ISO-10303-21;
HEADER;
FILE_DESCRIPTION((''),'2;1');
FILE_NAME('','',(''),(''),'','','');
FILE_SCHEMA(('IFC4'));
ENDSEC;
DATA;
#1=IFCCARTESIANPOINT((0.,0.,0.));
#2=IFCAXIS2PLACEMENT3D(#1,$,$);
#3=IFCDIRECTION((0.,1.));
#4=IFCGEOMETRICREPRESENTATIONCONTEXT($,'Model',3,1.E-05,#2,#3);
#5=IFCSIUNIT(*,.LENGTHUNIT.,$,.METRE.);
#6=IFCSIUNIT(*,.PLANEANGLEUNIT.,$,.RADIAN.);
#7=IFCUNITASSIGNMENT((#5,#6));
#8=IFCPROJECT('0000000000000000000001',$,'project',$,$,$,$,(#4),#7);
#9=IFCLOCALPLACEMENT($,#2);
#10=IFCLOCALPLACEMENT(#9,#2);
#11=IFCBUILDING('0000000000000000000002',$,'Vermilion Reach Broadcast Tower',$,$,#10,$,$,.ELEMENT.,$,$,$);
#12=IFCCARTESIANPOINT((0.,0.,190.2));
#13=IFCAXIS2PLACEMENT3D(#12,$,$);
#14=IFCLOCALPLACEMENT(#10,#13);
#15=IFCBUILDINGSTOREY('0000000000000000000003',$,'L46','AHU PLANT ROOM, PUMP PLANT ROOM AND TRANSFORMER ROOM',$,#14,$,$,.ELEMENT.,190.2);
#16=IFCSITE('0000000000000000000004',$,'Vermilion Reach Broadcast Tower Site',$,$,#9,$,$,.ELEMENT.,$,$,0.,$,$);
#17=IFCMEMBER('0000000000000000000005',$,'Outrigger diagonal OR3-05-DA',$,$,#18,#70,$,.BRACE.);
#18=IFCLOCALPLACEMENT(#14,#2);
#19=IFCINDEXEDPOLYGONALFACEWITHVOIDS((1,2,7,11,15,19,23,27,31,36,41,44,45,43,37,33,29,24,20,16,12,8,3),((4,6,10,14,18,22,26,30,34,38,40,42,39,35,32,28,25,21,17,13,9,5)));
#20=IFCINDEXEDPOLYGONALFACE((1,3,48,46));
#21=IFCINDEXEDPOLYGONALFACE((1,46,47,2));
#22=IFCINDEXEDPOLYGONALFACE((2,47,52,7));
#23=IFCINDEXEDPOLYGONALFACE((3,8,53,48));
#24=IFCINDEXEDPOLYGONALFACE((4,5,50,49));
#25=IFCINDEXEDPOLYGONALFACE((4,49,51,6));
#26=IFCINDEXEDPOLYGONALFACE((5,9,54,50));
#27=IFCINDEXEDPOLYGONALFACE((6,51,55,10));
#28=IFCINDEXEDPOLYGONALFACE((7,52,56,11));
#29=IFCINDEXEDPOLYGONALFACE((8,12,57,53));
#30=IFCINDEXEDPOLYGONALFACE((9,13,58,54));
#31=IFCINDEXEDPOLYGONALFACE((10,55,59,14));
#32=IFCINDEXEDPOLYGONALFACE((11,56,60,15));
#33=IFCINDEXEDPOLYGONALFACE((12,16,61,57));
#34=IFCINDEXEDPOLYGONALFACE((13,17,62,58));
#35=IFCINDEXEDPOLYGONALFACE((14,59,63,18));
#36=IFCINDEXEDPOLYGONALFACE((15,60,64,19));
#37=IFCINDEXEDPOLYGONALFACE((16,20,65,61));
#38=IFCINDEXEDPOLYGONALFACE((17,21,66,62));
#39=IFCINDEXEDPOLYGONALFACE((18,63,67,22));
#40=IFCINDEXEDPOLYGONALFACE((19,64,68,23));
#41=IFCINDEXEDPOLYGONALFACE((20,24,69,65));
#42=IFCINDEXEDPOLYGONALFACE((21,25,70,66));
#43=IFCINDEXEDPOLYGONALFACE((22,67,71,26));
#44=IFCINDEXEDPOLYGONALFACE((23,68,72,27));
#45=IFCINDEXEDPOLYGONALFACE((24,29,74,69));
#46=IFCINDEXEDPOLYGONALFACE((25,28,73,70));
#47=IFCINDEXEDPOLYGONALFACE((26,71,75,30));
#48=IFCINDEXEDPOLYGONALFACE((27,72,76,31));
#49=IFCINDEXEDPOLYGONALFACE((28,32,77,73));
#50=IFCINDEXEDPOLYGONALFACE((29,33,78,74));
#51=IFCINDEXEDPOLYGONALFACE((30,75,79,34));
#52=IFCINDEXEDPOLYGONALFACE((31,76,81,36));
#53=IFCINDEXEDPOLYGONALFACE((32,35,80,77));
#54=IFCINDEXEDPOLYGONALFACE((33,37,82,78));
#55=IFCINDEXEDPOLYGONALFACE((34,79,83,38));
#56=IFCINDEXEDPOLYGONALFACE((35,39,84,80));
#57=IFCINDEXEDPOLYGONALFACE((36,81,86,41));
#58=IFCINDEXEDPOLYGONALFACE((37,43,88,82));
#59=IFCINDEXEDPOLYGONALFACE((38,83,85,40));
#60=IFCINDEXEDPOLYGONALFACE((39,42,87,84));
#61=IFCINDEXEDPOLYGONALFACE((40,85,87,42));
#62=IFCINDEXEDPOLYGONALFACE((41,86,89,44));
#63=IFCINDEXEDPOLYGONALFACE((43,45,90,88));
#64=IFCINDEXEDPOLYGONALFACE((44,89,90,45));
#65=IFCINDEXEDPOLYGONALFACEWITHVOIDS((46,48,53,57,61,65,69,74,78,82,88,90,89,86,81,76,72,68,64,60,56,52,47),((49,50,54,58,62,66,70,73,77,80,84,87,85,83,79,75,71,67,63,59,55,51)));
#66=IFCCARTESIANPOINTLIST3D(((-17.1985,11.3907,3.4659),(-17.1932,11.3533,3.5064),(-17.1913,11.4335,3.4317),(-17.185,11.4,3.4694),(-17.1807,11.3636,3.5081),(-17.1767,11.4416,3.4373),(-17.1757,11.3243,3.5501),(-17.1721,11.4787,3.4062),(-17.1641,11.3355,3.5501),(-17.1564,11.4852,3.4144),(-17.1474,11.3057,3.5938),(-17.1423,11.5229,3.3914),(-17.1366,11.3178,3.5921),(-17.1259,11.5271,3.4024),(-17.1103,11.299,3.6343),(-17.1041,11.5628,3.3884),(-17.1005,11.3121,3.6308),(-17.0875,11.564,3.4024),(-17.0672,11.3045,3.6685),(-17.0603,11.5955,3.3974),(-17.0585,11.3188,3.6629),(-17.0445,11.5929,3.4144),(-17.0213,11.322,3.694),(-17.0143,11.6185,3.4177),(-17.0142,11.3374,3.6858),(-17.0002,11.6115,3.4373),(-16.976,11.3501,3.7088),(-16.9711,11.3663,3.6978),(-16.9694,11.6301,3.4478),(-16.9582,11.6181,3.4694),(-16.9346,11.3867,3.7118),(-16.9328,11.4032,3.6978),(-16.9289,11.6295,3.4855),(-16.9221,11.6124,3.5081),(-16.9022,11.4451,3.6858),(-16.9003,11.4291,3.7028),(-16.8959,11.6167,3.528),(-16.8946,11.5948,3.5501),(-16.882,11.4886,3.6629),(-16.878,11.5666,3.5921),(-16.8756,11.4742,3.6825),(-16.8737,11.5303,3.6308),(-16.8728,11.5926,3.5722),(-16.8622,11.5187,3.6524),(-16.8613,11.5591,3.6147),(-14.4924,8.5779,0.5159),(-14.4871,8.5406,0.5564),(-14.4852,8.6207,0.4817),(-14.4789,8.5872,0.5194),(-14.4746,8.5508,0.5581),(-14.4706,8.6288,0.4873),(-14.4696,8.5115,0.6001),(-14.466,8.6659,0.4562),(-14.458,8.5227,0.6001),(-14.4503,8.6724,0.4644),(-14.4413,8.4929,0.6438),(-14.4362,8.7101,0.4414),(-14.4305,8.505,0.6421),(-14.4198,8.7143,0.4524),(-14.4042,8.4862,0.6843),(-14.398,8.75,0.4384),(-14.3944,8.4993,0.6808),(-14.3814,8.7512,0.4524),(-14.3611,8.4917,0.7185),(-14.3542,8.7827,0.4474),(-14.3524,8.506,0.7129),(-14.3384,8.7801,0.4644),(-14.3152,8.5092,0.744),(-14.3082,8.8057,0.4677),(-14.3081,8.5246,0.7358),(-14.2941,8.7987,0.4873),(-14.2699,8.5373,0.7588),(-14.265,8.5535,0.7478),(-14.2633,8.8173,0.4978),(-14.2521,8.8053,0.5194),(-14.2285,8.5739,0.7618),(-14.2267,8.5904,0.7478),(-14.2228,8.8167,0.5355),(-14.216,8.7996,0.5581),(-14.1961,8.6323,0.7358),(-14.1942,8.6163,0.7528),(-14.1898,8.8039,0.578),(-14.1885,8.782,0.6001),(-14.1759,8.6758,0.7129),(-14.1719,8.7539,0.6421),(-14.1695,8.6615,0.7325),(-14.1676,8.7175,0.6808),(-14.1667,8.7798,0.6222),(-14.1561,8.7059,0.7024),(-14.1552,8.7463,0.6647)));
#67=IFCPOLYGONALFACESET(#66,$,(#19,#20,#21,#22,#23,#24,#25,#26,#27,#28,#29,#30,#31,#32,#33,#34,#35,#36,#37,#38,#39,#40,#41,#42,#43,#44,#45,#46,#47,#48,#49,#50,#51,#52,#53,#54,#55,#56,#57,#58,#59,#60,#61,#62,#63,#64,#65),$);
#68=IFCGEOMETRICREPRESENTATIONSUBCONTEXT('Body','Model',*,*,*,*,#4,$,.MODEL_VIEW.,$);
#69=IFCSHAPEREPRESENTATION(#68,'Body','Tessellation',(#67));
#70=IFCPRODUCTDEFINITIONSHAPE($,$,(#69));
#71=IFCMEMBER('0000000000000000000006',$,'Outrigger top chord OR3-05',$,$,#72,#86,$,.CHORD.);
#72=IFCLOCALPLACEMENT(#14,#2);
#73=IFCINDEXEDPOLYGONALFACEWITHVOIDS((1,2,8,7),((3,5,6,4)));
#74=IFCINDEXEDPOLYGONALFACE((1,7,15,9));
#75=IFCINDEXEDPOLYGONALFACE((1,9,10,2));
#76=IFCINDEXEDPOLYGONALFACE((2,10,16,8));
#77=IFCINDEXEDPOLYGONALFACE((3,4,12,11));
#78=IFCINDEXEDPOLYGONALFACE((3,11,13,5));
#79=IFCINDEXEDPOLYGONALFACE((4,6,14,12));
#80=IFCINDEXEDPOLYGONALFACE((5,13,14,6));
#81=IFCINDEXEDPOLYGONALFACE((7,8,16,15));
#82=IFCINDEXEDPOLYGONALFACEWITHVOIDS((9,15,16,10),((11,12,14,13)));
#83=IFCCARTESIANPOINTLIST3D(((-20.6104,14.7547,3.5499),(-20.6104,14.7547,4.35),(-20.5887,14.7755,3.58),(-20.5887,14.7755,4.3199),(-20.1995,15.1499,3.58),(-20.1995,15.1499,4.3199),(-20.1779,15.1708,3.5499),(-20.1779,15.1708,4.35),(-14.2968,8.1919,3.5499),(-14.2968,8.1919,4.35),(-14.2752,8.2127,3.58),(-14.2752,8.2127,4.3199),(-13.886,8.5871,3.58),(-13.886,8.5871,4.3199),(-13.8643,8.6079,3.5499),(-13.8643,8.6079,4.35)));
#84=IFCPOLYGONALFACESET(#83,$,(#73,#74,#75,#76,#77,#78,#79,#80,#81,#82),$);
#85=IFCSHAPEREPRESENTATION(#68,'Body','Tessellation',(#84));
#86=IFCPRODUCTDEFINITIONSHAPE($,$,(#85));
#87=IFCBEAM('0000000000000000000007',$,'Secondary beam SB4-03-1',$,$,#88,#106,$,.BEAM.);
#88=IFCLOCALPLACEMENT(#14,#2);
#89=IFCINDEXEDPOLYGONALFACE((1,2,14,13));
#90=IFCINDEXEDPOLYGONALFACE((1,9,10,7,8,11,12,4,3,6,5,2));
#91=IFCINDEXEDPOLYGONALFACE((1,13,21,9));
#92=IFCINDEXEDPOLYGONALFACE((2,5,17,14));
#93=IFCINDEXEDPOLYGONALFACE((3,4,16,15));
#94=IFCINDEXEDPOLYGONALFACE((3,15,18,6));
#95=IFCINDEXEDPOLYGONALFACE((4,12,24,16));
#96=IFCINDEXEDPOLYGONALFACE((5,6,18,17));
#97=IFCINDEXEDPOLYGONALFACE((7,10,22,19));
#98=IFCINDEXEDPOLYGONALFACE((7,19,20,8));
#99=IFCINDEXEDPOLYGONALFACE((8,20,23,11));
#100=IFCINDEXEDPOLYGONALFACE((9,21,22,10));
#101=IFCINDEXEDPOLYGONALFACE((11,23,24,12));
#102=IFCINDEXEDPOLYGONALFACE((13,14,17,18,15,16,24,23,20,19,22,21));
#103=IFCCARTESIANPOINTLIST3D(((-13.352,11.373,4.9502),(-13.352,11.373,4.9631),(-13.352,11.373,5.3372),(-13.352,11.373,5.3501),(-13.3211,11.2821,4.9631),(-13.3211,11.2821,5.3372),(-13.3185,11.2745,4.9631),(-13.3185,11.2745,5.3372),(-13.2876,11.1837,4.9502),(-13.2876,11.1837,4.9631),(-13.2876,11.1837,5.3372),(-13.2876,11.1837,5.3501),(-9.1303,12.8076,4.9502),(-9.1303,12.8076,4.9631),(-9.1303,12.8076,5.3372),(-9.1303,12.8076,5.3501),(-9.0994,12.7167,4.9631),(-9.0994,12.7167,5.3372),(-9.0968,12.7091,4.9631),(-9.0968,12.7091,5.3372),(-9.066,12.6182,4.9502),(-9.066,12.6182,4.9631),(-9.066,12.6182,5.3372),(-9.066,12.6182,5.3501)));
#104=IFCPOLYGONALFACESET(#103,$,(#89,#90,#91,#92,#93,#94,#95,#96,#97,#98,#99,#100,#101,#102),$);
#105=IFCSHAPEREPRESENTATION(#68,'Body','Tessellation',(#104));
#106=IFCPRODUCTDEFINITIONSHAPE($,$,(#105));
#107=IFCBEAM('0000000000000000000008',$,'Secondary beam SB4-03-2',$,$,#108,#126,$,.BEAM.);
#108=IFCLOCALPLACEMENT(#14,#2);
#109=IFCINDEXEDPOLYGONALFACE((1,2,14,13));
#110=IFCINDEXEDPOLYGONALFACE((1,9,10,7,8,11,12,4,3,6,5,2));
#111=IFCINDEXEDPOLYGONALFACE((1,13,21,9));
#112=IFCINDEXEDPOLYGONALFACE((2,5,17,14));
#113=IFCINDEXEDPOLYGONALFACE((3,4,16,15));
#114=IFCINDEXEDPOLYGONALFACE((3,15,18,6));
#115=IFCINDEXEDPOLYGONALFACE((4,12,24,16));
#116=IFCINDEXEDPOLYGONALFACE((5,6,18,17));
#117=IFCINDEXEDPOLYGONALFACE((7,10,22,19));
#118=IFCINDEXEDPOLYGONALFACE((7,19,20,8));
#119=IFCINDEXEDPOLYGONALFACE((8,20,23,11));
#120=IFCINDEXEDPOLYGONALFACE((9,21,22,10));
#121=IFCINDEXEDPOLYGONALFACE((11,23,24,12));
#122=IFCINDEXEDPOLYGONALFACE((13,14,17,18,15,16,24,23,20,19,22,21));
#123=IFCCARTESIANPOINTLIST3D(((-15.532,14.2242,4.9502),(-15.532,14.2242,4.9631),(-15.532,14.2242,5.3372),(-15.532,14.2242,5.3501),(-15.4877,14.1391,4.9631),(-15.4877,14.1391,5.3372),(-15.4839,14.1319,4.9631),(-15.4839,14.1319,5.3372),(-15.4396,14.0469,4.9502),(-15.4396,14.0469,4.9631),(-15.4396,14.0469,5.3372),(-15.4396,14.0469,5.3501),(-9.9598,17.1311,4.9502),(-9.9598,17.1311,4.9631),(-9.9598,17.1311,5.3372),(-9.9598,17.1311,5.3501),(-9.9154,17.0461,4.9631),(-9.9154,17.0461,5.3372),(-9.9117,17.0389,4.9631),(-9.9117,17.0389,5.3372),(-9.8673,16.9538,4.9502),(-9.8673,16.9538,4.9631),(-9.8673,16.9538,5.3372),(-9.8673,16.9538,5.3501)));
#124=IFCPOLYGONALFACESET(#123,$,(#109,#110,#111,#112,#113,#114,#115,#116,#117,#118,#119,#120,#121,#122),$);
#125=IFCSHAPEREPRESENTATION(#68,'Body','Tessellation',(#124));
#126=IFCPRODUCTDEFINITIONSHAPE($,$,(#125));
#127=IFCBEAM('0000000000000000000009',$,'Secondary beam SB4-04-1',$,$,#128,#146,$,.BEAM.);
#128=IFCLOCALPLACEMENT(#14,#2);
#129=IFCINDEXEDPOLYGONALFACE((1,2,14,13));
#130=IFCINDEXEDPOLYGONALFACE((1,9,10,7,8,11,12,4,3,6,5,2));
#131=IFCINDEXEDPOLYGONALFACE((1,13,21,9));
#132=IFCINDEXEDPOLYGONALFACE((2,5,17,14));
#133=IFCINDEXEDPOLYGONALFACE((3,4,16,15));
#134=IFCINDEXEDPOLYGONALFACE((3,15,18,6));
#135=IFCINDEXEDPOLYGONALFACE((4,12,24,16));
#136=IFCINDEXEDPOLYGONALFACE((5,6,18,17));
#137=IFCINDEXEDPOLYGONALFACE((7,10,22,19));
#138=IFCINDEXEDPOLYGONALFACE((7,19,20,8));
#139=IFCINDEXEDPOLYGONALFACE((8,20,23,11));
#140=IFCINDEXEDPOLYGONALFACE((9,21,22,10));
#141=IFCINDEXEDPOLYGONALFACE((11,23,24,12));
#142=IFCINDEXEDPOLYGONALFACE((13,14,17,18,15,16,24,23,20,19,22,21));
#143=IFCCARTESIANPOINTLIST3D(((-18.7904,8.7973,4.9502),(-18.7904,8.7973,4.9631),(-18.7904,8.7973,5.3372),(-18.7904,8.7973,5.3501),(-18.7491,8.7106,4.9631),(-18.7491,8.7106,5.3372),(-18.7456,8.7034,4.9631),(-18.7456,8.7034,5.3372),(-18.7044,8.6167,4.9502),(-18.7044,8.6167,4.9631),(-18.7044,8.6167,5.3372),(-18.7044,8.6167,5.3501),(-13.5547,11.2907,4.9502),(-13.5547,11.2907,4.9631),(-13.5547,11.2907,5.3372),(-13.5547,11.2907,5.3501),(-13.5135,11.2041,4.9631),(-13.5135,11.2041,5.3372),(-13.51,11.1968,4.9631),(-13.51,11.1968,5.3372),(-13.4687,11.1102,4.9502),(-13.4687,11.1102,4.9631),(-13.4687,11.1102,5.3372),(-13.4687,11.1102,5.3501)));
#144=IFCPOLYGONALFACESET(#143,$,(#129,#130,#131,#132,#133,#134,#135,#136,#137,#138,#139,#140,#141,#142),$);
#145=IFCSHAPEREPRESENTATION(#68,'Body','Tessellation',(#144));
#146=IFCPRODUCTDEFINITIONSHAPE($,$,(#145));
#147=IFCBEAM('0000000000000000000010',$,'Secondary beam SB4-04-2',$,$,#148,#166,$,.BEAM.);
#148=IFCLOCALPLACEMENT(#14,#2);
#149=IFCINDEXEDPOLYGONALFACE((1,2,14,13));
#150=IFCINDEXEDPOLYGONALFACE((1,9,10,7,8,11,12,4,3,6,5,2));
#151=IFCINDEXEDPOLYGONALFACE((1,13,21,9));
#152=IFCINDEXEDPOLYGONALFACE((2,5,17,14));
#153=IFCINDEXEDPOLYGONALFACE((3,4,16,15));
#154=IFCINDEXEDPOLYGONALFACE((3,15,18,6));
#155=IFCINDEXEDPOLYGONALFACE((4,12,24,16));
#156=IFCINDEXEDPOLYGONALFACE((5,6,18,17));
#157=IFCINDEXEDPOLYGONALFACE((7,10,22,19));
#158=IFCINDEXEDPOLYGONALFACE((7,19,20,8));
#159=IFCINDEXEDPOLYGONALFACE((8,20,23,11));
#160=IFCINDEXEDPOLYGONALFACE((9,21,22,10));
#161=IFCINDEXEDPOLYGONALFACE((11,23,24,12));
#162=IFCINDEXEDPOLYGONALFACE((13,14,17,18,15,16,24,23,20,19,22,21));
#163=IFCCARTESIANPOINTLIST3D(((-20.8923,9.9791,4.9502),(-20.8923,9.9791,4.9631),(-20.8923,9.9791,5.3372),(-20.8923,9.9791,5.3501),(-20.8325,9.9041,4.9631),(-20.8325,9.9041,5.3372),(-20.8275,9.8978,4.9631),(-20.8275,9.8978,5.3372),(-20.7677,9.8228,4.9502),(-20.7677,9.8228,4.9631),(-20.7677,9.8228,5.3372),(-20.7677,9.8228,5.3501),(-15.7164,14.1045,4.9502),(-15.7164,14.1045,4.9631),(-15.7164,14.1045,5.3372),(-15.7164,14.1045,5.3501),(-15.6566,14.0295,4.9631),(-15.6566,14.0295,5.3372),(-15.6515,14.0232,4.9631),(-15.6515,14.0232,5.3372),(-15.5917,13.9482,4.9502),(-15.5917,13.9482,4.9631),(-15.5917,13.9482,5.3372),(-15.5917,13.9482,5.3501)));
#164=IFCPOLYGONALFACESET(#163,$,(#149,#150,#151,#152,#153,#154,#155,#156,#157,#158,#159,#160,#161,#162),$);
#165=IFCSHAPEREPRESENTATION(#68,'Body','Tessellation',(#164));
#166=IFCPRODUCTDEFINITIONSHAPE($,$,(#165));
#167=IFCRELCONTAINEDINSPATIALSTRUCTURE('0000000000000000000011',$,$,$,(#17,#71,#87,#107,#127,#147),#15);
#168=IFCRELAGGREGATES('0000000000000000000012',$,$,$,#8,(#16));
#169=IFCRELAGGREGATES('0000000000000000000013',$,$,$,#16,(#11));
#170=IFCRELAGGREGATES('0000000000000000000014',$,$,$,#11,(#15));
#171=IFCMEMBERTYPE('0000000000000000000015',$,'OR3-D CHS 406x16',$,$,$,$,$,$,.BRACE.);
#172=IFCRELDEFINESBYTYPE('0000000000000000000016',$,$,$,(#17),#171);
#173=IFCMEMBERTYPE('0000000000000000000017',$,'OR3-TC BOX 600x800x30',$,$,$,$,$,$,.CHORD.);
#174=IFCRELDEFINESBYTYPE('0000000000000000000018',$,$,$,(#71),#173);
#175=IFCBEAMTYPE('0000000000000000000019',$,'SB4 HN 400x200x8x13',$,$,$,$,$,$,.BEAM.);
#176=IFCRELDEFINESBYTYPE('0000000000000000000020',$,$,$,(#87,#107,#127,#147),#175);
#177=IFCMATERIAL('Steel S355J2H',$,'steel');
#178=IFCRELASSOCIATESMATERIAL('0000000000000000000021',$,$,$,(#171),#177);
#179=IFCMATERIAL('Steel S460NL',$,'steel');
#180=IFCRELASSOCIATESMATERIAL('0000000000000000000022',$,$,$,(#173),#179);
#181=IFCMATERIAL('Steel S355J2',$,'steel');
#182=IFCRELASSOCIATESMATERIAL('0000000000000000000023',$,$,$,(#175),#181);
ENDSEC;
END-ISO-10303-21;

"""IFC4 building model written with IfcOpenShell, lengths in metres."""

from ifc_helpers import new_model, si_unit, direction, frame, origin, origin_2d, place, context, subcontext, project, spatial, hollow_rectangle, hollow_circle, i_section, extrude, material, material_profile, profile_set, type_object, element, save


model = new_model("IFC4")

# Units and contexts
model_context = context("Model", 3, precision=1e-05, world=origin(), true_north=direction((0.0, 1.0)))
body_context = subcontext(model_context, "Body", "Model", "MODEL_VIEW")
ifc_project = project(units=[si_unit("LENGTHUNIT", "METRE"), si_unit("PLANEANGLEUNIT", "RADIAN")], contexts=[model_context])

# Site, building, storey
site_placement = place(None, origin())
site = spatial("IfcSite", under=ifc_project, at=site_placement, Name="Vermilion Reach Broadcast Tower Site", CompositionType="ELEMENT", RefElevation=0.0)
building_placement = place(site_placement, origin())
building = spatial("IfcBuilding", under=site, at=building_placement, Name="Vermilion Reach Broadcast Tower", CompositionType="ELEMENT")
storey_placement = place(building_placement, frame((0.0, 0.0, 190.2)))
storey = spatial("IfcBuildingStorey", under=building, at=storey_placement, Name="L46", Description="AHU PLANT ROOM, PUMP PLANT ROOM AND TRANSFORMER ROOM", CompositionType="ELEMENT", Elevation=190.2)

# Members
ifc_material_1 = material(Name="Steel S355J2H", Category="steel")
ifc_material_profile_1 = material_profile(ifc_material_1, hollow_circle(Radius=0.2031, WallThickness=0.0161, at=origin_2d()), Name="S355J2H CHS 406x16")
ifc_profile_set_1 = profile_set([ifc_material_profile_1], Name="Steel S355J2H")
member_type_1 = type_object("IfcMemberType", Name="OR3-D CHS 406x16", PredefinedType="BRACE", material=ifc_profile_set_1)
member_1_placement = place(storey_placement, frame((-14.3232, 8.6523, 0.6001), z_axis=(-0.553104, 0.57491, 0.602955), x_axis=(-0.720642, -0.693307, 0.0)))
element("IfcMember", 1, at=member_1_placement, inside=storey, type_object=member_type_1, Name="Outrigger diagonal OR3-05-DA", PredefinedType="BRACE", context=body_context, shape_type="SweptSolid", body=[
    extrude(hollow_circle(Radius=0.2031, WallThickness=0.0161, at=origin_2d()), origin(), (0.0, 0.0, 1.0), 4.8926),
])
ifc_material_2 = material(Name="Steel S460NL", Category="steel")
ifc_material_profile_2 = material_profile(ifc_material_2, hollow_rectangle(XDim=0.6001, YDim=0.8, WallThickness=0.03, at=origin_2d()), Name="S460NL BOX 600x800x30")
ifc_profile_set_2 = profile_set([ifc_material_profile_2], Name="Steel S460NL")
member_type_2 = type_object("IfcMemberType", Name="OR3-TC BOX 600x800x30", PredefinedType="CHORD", material=ifc_profile_set_2)
member_2_placement = place(storey_placement, frame((-14.0806, 8.3999, 3.95), z_axis=(-0.693288, 0.72066, 0.0), x_axis=(-0.72066, -0.693288, 0.0)))
element("IfcMember", 2, at=member_2_placement, inside=storey, type_object=member_type_2, Name="Outrigger top chord OR3-05", PredefinedType="CHORD", context=body_context, shape_type="SweptSolid", body=[
    extrude(hollow_rectangle(XDim=0.6001, YDim=0.8, WallThickness=0.03, at=origin_2d()), origin(), (0.0, 0.0, 1.0), 9.1067),
])

# Beams
ifc_material_3 = material(Name="Steel S355J2", Category="steel")
ifc_material_profile_3 = material_profile(ifc_material_3, i_section(OverallWidth=0.2, OverallDepth=0.3999, WebThickness=0.0081, FlangeThickness=0.0129, at=origin_2d()), Name="S355J2 HN 400x200x8x13")
ifc_profile_set_3 = profile_set([ifc_material_profile_3], Name="Steel S355J2")
beam_type_1 = type_object("IfcBeamType", Name="SB4 HN 400x200x8x13", PredefinedType="BEAM", material=ifc_profile_set_3)
beam_1_placement = place(storey_placement, frame((-9.0981, 12.7129, 5.1501), z_axis=(-0.946827, -0.321742, 0.0), x_axis=(0.321742, -0.946827, 0.0)))
element("IfcBeam", 3, at=beam_1_placement, inside=storey, type_object=beam_type_1, Name="Secondary beam SB4-03-1", PredefinedType="BEAM", context=body_context, shape_type="SweptSolid", body=[
    extrude(i_section(OverallWidth=0.2, OverallDepth=0.3999, WebThickness=0.0081, FlangeThickness=0.0129, at=origin_2d()), origin(), (0.0, 0.0, 1.0), 4.4587),
])
beam_2_placement = place(storey_placement, frame((-9.9136, 17.0425, 5.1501), z_axis=(-0.886604, -0.46253, 0.0), x_axis=(0.46253, -0.886604, 0.0)))
element("IfcBeam", 4, at=beam_2_placement, inside=storey, type_object=beam_type_1, Name="Secondary beam SB4-03-2", PredefinedType="BEAM", context=body_context, shape_type="SweptSolid", body=[
    extrude(i_section(OverallWidth=0.2, OverallDepth=0.3999, WebThickness=0.0081, FlangeThickness=0.0129, at=origin_2d()), origin(), (0.0, 0.0, 1.0), 6.2849),
])
beam_3_placement = place(storey_placement, frame((-13.5117, 11.2004, 5.1501), z_axis=(-0.902843, -0.429971, 0.0), x_axis=(0.429971, -0.902843, 0.0)))
element("IfcBeam", 5, at=beam_3_placement, inside=storey, type_object=beam_type_1, Name="Secondary beam SB4-04-1", PredefinedType="BEAM", context=body_context, shape_type="SweptSolid", body=[
    extrude(i_section(OverallWidth=0.2, OverallDepth=0.3999, WebThickness=0.0081, FlangeThickness=0.0129, at=origin_2d()), origin(), (0.0, 0.0, 1.0), 5.7991),
])
beam_4_placement = place(storey_placement, frame((-15.6541, 14.0264, 5.1501), z_axis=(-0.781997, -0.623282, 0.0), x_axis=(0.623282, -0.781997, 0.0)))
element("IfcBeam", 6, at=beam_4_placement, inside=storey, type_object=beam_type_1, Name="Secondary beam SB4-04-2", PredefinedType="BEAM", context=body_context, shape_type="SweptSolid", body=[
    extrude(i_section(OverallWidth=0.2, OverallDepth=0.3999, WebThickness=0.0081, FlangeThickness=0.0129, at=origin_2d()), origin(), (0.0, 0.0, 1.0), 6.6189),
])

save(model, "model.ifc")
